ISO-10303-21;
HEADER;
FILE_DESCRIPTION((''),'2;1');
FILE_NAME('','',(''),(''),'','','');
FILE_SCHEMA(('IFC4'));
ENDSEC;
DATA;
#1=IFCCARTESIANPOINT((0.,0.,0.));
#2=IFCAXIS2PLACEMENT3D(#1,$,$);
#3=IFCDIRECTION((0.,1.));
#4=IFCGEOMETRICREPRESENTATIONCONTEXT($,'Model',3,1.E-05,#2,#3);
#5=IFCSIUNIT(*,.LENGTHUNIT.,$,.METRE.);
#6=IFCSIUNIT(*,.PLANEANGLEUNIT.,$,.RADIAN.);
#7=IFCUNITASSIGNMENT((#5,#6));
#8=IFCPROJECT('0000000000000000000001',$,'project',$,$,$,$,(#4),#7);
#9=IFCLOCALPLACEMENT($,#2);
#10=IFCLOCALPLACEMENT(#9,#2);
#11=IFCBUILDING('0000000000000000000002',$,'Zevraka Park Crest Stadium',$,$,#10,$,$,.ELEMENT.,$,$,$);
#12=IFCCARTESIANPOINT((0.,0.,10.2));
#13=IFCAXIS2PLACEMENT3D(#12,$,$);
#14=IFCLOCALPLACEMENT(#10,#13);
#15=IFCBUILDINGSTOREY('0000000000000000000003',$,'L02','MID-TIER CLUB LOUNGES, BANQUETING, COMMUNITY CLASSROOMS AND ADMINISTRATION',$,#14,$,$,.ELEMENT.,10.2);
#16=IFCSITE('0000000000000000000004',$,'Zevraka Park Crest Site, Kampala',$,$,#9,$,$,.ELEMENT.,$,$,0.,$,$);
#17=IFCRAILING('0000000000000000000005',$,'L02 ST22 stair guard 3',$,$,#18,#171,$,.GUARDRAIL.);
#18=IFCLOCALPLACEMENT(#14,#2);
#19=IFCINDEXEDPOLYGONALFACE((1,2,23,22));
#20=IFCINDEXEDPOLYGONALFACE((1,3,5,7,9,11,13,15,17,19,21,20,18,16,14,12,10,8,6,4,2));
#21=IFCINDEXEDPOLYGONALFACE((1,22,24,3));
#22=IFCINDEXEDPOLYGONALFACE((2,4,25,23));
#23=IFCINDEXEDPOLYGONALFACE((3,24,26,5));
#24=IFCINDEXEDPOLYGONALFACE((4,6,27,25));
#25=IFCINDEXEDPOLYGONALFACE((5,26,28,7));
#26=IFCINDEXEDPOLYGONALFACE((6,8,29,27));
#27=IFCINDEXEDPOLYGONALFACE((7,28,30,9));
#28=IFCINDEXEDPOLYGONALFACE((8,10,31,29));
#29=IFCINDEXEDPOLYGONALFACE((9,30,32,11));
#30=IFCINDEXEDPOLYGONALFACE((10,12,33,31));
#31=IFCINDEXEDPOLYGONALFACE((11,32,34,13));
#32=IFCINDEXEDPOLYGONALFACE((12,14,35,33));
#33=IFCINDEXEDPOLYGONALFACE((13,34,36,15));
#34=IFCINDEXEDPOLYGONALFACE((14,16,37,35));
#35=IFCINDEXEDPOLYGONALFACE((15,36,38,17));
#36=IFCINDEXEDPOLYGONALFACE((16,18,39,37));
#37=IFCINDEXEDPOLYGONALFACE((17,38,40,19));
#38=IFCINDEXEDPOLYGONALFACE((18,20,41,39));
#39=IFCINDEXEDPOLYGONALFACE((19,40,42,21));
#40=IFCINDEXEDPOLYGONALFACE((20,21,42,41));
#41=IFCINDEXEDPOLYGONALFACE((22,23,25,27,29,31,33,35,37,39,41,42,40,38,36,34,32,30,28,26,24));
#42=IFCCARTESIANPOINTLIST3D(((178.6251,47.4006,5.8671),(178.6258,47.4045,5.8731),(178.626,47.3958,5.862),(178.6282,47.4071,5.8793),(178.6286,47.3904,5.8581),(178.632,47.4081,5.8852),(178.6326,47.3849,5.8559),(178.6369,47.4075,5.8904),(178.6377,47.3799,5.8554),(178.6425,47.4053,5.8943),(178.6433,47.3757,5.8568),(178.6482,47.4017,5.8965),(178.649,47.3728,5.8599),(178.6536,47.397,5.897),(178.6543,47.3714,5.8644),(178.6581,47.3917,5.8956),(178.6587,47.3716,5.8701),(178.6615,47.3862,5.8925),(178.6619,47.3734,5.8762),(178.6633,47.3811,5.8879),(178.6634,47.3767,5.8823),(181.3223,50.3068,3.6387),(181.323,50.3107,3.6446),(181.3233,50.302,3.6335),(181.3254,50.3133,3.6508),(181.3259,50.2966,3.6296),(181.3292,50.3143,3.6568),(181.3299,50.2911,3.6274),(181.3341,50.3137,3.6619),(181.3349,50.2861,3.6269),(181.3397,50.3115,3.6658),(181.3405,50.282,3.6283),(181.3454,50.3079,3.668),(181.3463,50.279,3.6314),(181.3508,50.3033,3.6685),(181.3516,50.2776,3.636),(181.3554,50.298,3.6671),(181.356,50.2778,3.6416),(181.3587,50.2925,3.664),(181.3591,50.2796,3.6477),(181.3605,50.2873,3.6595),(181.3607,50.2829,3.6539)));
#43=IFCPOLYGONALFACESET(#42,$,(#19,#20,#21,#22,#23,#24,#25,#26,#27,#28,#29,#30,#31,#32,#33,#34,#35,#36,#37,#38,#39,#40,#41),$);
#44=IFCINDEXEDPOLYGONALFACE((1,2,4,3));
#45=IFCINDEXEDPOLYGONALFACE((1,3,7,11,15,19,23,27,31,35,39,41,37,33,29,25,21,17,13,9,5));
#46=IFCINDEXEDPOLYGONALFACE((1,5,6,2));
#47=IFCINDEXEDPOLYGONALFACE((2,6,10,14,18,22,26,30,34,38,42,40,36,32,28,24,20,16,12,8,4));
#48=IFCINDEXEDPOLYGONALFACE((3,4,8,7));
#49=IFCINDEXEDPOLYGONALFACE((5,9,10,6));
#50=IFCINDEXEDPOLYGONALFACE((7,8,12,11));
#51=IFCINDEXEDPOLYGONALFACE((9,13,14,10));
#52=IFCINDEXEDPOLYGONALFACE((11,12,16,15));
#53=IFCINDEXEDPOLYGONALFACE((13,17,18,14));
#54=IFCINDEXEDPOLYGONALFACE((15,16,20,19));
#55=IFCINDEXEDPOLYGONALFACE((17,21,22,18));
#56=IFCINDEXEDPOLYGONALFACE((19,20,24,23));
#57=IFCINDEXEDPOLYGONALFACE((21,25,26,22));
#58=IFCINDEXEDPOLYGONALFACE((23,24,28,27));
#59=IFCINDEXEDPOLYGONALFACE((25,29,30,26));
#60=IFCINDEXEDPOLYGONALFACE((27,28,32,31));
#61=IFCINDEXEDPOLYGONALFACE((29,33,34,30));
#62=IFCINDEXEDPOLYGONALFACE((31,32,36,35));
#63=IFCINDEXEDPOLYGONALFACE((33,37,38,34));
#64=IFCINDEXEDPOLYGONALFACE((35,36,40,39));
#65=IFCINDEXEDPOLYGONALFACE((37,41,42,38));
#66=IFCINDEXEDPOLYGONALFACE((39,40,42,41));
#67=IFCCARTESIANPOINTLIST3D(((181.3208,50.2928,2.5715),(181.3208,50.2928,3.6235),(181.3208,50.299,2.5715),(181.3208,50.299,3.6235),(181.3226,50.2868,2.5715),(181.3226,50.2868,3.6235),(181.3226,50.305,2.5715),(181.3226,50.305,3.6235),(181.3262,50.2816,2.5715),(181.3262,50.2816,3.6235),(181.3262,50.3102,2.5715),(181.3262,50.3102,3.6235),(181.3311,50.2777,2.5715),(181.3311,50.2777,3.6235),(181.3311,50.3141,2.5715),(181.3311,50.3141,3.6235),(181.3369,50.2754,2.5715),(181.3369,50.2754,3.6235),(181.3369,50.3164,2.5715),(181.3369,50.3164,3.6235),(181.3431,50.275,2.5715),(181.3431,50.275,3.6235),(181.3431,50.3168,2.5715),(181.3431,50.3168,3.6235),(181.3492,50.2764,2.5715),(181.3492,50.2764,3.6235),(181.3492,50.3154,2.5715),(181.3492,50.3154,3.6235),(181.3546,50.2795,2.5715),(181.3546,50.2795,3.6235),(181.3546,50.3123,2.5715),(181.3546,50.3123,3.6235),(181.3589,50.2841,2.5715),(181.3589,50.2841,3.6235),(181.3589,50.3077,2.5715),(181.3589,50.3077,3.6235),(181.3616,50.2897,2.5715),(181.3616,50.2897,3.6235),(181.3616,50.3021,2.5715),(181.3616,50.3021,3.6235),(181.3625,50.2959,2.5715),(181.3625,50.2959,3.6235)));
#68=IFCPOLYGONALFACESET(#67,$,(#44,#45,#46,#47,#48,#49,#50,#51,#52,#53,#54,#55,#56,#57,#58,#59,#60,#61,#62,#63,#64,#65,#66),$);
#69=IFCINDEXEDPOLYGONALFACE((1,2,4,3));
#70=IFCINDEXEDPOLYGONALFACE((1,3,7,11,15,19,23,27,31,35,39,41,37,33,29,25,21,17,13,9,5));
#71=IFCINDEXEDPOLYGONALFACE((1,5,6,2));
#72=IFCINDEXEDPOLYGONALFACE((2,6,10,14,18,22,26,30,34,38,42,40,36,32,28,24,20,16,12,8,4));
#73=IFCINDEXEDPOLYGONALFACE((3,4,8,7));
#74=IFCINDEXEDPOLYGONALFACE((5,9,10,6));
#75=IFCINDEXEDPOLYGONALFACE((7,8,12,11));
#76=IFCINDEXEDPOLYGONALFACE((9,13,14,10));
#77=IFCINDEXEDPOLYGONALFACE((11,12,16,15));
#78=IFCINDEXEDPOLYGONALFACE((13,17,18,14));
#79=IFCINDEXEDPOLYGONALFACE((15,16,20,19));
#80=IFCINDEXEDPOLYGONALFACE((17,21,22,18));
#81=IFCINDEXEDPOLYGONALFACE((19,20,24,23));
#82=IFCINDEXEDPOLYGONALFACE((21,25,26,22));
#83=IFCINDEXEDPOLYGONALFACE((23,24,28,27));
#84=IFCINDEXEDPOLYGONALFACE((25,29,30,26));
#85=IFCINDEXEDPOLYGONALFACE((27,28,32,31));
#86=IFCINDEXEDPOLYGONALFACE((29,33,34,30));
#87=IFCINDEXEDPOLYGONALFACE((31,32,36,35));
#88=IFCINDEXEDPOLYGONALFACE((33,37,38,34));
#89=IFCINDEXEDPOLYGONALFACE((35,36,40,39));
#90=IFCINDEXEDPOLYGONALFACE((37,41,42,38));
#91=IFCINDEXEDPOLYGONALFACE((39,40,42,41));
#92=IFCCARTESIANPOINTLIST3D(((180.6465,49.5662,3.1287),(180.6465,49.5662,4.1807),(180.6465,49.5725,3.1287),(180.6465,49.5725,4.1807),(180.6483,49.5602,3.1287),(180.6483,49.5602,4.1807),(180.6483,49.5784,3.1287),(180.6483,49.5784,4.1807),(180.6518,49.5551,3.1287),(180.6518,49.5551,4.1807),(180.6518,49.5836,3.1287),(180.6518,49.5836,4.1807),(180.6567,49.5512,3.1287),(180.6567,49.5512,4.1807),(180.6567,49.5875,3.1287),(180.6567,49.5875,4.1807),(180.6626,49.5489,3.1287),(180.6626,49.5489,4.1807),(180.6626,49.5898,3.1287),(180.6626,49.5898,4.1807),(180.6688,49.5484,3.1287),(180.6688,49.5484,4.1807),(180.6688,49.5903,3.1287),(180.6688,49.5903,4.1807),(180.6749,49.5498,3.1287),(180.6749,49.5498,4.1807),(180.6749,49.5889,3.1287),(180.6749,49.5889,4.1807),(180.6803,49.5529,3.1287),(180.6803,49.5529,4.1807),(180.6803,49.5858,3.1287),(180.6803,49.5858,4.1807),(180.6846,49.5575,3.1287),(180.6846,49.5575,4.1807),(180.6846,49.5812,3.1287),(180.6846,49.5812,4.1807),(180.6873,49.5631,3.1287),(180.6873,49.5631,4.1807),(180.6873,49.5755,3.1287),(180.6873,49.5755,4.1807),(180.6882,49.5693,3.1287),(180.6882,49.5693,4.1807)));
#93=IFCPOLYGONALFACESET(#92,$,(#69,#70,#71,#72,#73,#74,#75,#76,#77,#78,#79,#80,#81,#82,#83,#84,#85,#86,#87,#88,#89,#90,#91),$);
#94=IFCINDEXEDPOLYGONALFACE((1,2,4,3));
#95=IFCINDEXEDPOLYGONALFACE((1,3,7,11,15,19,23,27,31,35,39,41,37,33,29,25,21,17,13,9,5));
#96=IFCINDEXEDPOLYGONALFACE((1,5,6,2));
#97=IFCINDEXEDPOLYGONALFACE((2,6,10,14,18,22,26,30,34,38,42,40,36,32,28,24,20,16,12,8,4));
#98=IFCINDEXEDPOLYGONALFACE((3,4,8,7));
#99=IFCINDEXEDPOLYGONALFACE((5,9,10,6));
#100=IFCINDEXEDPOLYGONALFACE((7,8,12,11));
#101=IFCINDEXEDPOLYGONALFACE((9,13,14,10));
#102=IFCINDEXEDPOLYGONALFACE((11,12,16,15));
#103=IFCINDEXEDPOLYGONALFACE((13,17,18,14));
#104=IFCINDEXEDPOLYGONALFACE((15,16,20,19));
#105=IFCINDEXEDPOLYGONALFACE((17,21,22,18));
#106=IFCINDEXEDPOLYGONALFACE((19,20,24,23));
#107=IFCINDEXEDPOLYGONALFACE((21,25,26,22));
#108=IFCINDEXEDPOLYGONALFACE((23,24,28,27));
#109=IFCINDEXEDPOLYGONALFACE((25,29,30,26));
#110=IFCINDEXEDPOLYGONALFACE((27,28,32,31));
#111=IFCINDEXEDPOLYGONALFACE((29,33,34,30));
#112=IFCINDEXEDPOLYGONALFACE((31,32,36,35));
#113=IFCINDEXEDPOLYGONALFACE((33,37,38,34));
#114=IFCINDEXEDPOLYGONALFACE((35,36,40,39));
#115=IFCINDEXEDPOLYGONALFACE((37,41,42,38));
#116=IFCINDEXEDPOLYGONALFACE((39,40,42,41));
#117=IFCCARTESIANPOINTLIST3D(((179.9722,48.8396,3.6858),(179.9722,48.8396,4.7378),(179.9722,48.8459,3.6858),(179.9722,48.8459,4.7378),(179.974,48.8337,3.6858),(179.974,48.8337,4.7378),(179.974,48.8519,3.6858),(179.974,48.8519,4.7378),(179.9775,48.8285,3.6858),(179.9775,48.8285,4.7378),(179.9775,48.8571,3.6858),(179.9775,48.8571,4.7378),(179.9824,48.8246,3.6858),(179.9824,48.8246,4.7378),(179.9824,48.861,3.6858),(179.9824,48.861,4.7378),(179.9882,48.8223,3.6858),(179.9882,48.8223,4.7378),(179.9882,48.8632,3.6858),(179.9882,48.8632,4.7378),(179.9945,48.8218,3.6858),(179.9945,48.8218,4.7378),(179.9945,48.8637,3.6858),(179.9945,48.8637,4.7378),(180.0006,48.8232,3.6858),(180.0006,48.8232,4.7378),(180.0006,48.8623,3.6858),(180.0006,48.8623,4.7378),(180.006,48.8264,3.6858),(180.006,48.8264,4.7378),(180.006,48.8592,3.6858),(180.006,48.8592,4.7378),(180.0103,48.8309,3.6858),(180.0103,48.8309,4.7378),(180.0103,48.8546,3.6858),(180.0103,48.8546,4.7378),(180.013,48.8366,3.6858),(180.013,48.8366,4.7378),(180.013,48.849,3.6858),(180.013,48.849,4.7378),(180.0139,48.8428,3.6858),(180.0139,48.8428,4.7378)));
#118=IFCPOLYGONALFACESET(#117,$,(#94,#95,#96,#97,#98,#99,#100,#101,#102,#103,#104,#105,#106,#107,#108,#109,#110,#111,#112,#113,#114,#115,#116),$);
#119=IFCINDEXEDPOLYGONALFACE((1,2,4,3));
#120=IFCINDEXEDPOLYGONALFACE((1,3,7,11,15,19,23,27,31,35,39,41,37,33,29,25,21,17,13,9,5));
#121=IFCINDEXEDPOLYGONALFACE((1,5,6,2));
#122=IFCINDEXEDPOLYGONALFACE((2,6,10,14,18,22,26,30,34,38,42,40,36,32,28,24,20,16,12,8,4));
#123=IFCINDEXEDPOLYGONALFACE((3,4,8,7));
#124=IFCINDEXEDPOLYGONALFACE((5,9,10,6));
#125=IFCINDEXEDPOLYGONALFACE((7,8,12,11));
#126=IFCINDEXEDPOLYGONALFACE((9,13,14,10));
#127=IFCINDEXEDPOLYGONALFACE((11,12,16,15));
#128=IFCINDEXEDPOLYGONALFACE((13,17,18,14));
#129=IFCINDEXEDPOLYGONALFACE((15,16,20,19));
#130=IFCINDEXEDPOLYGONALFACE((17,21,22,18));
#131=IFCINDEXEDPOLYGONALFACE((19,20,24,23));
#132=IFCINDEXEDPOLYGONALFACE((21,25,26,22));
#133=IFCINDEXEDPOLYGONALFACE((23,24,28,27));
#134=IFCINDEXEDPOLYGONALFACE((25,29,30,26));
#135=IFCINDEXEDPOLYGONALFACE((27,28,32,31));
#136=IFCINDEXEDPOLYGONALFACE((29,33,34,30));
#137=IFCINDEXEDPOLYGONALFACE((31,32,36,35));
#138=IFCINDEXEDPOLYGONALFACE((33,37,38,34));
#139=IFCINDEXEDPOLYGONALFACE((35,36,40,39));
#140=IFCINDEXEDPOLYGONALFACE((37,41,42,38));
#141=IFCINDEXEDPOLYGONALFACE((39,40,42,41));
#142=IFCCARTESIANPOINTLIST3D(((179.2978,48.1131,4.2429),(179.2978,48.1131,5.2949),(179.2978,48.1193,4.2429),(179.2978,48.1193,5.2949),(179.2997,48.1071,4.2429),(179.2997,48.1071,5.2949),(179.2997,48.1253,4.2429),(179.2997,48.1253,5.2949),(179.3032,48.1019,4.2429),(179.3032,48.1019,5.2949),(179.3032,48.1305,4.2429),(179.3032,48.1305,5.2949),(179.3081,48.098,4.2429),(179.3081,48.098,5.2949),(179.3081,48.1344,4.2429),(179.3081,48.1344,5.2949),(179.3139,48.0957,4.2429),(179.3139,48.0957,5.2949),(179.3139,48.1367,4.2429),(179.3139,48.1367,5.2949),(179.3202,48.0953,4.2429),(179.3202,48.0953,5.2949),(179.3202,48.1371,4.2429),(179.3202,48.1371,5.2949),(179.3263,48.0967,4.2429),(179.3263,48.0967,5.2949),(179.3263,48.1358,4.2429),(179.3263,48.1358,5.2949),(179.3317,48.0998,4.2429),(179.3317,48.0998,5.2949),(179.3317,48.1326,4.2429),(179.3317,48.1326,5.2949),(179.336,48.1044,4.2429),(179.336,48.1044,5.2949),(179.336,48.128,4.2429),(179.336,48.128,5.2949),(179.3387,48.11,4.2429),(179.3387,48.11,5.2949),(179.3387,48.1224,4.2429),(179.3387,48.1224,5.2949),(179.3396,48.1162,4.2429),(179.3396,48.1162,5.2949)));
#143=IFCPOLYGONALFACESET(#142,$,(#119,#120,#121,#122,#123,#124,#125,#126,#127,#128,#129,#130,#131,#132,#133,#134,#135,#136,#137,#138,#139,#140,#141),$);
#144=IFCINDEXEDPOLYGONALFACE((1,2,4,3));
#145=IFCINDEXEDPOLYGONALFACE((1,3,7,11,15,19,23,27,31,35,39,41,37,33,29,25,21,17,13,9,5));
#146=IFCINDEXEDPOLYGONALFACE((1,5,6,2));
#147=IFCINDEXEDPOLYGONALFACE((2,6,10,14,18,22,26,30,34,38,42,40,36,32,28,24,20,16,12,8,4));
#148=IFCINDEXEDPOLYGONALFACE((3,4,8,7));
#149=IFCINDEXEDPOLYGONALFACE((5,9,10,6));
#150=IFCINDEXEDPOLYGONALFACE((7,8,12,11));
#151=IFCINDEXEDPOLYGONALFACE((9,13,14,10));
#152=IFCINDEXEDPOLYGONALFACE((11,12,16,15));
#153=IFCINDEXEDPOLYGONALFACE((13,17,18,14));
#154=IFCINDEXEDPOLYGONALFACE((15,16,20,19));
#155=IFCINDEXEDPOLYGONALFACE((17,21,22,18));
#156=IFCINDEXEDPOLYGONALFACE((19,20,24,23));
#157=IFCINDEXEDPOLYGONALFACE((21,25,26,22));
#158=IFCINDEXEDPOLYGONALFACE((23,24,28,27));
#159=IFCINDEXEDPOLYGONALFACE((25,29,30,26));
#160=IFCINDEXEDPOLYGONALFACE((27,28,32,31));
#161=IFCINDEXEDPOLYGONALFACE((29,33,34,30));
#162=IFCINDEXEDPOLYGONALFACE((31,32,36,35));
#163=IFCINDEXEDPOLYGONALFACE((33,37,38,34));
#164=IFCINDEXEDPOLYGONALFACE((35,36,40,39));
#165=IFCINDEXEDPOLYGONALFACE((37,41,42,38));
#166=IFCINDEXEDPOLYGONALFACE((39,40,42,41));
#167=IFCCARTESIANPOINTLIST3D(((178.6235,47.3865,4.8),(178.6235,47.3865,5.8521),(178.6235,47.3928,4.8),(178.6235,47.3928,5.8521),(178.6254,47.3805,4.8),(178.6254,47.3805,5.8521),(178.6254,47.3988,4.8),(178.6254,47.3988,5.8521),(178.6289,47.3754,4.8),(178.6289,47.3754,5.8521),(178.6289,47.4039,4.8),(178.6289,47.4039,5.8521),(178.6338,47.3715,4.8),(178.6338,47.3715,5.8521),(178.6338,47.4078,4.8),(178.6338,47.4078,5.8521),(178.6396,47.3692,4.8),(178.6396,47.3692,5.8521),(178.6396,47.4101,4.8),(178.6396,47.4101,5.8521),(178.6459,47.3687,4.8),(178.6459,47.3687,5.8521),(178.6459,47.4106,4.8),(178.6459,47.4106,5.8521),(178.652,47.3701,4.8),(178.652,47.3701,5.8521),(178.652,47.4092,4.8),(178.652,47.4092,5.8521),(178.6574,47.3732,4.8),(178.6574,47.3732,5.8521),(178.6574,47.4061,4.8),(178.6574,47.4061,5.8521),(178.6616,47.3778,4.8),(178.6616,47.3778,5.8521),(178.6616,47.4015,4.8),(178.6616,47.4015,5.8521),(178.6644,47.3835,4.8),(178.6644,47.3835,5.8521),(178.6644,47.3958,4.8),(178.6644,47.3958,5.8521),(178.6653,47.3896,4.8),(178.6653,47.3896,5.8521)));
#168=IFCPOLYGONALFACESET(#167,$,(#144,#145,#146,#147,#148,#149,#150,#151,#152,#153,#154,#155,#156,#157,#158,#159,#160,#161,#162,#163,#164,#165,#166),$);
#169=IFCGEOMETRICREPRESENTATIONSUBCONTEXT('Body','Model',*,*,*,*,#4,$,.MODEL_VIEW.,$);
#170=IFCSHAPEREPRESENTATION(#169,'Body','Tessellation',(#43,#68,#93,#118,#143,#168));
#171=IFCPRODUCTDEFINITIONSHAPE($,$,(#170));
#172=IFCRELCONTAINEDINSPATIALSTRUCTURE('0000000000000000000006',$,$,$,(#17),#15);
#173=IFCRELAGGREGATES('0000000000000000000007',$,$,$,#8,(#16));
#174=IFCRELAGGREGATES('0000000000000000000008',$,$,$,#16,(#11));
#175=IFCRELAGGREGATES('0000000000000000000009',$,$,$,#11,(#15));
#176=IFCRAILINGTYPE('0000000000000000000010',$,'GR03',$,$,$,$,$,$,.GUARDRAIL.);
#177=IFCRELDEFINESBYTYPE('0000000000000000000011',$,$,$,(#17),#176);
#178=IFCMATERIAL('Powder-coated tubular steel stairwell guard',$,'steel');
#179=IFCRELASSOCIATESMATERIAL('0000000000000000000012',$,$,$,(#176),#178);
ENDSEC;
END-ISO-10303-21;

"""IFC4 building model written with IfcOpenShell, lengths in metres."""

from ifc_helpers import new_model, si_unit, direction, frame, origin, origin_2d, place, context, subcontext, project, spatial, circle, extrude, material, type_object, element, save


model = new_model("IFC4")

# Units and contexts
model_context = context("Model", 3, precision=1e-05, world=origin(), true_north=direction((0.0, 1.0)))
body_context = subcontext(model_context, "Body", "Model", "MODEL_VIEW")
ifc_project = project(units=[si_unit("LENGTHUNIT", "METRE"), si_unit("PLANEANGLEUNIT", "RADIAN")], contexts=[model_context])

# Site, building, storey
site_placement = place(None, origin())
site = spatial("IfcSite", under=ifc_project, at=site_placement, Name="Zevraka Park Crest Site, Kampala", CompositionType="ELEMENT", RefElevation=0.0)
building_placement = place(site_placement, origin())
building = spatial("IfcBuilding", under=site, at=building_placement, Name="Zevraka Park Crest Stadium", CompositionType="ELEMENT")
storey_placement = place(building_placement, frame((0.0, 0.0, 10.2)))
storey = spatial("IfcBuildingStorey", under=building, at=storey_placement, Name="L02", Description="MID-TIER CLUB LOUNGES, BANQUETING, COMMUNITY CLASSROOMS AND ADMINISTRATION", CompositionType="ELEMENT", Elevation=10.2)

# Railing
ifc_material_1 = material(Name="Powder-coated tubular steel stairwell guard", Category="steel")
railing_type_1 = type_object("IfcRailingType", Name="GR03", PredefinedType="GUARDRAIL", material=ifc_material_1)
railing_1_placement = place(storey_placement, frame((181.3416, 50.2959, 2.5715)))
element("IfcRailing", 1, at=railing_1_placement, inside=storey, type_object=railing_type_1, Name="L02 ST22 stair guard 3", PredefinedType="GUARDRAIL", context=body_context, shape_type="SweptSolid", body=[
    extrude(circle(Radius=0.0239, at=origin_2d()), frame((0.0, 0.0, 1.0762), z_axis=(-0.593016, -0.638963, 0.489957), x_axis=(0.732969, -0.680262, 0.0)), (0.0, 0.0, 1.0), 4.5483),
    extrude(circle(Radius=0.021, at=origin_2d()), origin(), (0.0, 0.0, 1.0), 1.052),
    extrude(circle(Radius=0.021, at=origin_2d()), frame((-0.6743, -0.7266, 0.5571)), (0.0, 0.0, 1.0), 1.052),
    extrude(circle(Radius=0.021, at=origin_2d()), frame((-1.3486, -1.4531, 1.1143)), (0.0, 0.0, 1.0), 1.052),
    extrude(circle(Radius=0.021, at=origin_2d()), frame((-2.0229, -2.1797, 1.6714)), (0.0, 0.0, 1.0), 1.052),
    extrude(circle(Radius=0.021, at=origin_2d()), frame((-2.6973, -2.9062, 2.2285)), (0.0, 0.0, 1.0), 1.052),
])

save(model, "model.ifc")
